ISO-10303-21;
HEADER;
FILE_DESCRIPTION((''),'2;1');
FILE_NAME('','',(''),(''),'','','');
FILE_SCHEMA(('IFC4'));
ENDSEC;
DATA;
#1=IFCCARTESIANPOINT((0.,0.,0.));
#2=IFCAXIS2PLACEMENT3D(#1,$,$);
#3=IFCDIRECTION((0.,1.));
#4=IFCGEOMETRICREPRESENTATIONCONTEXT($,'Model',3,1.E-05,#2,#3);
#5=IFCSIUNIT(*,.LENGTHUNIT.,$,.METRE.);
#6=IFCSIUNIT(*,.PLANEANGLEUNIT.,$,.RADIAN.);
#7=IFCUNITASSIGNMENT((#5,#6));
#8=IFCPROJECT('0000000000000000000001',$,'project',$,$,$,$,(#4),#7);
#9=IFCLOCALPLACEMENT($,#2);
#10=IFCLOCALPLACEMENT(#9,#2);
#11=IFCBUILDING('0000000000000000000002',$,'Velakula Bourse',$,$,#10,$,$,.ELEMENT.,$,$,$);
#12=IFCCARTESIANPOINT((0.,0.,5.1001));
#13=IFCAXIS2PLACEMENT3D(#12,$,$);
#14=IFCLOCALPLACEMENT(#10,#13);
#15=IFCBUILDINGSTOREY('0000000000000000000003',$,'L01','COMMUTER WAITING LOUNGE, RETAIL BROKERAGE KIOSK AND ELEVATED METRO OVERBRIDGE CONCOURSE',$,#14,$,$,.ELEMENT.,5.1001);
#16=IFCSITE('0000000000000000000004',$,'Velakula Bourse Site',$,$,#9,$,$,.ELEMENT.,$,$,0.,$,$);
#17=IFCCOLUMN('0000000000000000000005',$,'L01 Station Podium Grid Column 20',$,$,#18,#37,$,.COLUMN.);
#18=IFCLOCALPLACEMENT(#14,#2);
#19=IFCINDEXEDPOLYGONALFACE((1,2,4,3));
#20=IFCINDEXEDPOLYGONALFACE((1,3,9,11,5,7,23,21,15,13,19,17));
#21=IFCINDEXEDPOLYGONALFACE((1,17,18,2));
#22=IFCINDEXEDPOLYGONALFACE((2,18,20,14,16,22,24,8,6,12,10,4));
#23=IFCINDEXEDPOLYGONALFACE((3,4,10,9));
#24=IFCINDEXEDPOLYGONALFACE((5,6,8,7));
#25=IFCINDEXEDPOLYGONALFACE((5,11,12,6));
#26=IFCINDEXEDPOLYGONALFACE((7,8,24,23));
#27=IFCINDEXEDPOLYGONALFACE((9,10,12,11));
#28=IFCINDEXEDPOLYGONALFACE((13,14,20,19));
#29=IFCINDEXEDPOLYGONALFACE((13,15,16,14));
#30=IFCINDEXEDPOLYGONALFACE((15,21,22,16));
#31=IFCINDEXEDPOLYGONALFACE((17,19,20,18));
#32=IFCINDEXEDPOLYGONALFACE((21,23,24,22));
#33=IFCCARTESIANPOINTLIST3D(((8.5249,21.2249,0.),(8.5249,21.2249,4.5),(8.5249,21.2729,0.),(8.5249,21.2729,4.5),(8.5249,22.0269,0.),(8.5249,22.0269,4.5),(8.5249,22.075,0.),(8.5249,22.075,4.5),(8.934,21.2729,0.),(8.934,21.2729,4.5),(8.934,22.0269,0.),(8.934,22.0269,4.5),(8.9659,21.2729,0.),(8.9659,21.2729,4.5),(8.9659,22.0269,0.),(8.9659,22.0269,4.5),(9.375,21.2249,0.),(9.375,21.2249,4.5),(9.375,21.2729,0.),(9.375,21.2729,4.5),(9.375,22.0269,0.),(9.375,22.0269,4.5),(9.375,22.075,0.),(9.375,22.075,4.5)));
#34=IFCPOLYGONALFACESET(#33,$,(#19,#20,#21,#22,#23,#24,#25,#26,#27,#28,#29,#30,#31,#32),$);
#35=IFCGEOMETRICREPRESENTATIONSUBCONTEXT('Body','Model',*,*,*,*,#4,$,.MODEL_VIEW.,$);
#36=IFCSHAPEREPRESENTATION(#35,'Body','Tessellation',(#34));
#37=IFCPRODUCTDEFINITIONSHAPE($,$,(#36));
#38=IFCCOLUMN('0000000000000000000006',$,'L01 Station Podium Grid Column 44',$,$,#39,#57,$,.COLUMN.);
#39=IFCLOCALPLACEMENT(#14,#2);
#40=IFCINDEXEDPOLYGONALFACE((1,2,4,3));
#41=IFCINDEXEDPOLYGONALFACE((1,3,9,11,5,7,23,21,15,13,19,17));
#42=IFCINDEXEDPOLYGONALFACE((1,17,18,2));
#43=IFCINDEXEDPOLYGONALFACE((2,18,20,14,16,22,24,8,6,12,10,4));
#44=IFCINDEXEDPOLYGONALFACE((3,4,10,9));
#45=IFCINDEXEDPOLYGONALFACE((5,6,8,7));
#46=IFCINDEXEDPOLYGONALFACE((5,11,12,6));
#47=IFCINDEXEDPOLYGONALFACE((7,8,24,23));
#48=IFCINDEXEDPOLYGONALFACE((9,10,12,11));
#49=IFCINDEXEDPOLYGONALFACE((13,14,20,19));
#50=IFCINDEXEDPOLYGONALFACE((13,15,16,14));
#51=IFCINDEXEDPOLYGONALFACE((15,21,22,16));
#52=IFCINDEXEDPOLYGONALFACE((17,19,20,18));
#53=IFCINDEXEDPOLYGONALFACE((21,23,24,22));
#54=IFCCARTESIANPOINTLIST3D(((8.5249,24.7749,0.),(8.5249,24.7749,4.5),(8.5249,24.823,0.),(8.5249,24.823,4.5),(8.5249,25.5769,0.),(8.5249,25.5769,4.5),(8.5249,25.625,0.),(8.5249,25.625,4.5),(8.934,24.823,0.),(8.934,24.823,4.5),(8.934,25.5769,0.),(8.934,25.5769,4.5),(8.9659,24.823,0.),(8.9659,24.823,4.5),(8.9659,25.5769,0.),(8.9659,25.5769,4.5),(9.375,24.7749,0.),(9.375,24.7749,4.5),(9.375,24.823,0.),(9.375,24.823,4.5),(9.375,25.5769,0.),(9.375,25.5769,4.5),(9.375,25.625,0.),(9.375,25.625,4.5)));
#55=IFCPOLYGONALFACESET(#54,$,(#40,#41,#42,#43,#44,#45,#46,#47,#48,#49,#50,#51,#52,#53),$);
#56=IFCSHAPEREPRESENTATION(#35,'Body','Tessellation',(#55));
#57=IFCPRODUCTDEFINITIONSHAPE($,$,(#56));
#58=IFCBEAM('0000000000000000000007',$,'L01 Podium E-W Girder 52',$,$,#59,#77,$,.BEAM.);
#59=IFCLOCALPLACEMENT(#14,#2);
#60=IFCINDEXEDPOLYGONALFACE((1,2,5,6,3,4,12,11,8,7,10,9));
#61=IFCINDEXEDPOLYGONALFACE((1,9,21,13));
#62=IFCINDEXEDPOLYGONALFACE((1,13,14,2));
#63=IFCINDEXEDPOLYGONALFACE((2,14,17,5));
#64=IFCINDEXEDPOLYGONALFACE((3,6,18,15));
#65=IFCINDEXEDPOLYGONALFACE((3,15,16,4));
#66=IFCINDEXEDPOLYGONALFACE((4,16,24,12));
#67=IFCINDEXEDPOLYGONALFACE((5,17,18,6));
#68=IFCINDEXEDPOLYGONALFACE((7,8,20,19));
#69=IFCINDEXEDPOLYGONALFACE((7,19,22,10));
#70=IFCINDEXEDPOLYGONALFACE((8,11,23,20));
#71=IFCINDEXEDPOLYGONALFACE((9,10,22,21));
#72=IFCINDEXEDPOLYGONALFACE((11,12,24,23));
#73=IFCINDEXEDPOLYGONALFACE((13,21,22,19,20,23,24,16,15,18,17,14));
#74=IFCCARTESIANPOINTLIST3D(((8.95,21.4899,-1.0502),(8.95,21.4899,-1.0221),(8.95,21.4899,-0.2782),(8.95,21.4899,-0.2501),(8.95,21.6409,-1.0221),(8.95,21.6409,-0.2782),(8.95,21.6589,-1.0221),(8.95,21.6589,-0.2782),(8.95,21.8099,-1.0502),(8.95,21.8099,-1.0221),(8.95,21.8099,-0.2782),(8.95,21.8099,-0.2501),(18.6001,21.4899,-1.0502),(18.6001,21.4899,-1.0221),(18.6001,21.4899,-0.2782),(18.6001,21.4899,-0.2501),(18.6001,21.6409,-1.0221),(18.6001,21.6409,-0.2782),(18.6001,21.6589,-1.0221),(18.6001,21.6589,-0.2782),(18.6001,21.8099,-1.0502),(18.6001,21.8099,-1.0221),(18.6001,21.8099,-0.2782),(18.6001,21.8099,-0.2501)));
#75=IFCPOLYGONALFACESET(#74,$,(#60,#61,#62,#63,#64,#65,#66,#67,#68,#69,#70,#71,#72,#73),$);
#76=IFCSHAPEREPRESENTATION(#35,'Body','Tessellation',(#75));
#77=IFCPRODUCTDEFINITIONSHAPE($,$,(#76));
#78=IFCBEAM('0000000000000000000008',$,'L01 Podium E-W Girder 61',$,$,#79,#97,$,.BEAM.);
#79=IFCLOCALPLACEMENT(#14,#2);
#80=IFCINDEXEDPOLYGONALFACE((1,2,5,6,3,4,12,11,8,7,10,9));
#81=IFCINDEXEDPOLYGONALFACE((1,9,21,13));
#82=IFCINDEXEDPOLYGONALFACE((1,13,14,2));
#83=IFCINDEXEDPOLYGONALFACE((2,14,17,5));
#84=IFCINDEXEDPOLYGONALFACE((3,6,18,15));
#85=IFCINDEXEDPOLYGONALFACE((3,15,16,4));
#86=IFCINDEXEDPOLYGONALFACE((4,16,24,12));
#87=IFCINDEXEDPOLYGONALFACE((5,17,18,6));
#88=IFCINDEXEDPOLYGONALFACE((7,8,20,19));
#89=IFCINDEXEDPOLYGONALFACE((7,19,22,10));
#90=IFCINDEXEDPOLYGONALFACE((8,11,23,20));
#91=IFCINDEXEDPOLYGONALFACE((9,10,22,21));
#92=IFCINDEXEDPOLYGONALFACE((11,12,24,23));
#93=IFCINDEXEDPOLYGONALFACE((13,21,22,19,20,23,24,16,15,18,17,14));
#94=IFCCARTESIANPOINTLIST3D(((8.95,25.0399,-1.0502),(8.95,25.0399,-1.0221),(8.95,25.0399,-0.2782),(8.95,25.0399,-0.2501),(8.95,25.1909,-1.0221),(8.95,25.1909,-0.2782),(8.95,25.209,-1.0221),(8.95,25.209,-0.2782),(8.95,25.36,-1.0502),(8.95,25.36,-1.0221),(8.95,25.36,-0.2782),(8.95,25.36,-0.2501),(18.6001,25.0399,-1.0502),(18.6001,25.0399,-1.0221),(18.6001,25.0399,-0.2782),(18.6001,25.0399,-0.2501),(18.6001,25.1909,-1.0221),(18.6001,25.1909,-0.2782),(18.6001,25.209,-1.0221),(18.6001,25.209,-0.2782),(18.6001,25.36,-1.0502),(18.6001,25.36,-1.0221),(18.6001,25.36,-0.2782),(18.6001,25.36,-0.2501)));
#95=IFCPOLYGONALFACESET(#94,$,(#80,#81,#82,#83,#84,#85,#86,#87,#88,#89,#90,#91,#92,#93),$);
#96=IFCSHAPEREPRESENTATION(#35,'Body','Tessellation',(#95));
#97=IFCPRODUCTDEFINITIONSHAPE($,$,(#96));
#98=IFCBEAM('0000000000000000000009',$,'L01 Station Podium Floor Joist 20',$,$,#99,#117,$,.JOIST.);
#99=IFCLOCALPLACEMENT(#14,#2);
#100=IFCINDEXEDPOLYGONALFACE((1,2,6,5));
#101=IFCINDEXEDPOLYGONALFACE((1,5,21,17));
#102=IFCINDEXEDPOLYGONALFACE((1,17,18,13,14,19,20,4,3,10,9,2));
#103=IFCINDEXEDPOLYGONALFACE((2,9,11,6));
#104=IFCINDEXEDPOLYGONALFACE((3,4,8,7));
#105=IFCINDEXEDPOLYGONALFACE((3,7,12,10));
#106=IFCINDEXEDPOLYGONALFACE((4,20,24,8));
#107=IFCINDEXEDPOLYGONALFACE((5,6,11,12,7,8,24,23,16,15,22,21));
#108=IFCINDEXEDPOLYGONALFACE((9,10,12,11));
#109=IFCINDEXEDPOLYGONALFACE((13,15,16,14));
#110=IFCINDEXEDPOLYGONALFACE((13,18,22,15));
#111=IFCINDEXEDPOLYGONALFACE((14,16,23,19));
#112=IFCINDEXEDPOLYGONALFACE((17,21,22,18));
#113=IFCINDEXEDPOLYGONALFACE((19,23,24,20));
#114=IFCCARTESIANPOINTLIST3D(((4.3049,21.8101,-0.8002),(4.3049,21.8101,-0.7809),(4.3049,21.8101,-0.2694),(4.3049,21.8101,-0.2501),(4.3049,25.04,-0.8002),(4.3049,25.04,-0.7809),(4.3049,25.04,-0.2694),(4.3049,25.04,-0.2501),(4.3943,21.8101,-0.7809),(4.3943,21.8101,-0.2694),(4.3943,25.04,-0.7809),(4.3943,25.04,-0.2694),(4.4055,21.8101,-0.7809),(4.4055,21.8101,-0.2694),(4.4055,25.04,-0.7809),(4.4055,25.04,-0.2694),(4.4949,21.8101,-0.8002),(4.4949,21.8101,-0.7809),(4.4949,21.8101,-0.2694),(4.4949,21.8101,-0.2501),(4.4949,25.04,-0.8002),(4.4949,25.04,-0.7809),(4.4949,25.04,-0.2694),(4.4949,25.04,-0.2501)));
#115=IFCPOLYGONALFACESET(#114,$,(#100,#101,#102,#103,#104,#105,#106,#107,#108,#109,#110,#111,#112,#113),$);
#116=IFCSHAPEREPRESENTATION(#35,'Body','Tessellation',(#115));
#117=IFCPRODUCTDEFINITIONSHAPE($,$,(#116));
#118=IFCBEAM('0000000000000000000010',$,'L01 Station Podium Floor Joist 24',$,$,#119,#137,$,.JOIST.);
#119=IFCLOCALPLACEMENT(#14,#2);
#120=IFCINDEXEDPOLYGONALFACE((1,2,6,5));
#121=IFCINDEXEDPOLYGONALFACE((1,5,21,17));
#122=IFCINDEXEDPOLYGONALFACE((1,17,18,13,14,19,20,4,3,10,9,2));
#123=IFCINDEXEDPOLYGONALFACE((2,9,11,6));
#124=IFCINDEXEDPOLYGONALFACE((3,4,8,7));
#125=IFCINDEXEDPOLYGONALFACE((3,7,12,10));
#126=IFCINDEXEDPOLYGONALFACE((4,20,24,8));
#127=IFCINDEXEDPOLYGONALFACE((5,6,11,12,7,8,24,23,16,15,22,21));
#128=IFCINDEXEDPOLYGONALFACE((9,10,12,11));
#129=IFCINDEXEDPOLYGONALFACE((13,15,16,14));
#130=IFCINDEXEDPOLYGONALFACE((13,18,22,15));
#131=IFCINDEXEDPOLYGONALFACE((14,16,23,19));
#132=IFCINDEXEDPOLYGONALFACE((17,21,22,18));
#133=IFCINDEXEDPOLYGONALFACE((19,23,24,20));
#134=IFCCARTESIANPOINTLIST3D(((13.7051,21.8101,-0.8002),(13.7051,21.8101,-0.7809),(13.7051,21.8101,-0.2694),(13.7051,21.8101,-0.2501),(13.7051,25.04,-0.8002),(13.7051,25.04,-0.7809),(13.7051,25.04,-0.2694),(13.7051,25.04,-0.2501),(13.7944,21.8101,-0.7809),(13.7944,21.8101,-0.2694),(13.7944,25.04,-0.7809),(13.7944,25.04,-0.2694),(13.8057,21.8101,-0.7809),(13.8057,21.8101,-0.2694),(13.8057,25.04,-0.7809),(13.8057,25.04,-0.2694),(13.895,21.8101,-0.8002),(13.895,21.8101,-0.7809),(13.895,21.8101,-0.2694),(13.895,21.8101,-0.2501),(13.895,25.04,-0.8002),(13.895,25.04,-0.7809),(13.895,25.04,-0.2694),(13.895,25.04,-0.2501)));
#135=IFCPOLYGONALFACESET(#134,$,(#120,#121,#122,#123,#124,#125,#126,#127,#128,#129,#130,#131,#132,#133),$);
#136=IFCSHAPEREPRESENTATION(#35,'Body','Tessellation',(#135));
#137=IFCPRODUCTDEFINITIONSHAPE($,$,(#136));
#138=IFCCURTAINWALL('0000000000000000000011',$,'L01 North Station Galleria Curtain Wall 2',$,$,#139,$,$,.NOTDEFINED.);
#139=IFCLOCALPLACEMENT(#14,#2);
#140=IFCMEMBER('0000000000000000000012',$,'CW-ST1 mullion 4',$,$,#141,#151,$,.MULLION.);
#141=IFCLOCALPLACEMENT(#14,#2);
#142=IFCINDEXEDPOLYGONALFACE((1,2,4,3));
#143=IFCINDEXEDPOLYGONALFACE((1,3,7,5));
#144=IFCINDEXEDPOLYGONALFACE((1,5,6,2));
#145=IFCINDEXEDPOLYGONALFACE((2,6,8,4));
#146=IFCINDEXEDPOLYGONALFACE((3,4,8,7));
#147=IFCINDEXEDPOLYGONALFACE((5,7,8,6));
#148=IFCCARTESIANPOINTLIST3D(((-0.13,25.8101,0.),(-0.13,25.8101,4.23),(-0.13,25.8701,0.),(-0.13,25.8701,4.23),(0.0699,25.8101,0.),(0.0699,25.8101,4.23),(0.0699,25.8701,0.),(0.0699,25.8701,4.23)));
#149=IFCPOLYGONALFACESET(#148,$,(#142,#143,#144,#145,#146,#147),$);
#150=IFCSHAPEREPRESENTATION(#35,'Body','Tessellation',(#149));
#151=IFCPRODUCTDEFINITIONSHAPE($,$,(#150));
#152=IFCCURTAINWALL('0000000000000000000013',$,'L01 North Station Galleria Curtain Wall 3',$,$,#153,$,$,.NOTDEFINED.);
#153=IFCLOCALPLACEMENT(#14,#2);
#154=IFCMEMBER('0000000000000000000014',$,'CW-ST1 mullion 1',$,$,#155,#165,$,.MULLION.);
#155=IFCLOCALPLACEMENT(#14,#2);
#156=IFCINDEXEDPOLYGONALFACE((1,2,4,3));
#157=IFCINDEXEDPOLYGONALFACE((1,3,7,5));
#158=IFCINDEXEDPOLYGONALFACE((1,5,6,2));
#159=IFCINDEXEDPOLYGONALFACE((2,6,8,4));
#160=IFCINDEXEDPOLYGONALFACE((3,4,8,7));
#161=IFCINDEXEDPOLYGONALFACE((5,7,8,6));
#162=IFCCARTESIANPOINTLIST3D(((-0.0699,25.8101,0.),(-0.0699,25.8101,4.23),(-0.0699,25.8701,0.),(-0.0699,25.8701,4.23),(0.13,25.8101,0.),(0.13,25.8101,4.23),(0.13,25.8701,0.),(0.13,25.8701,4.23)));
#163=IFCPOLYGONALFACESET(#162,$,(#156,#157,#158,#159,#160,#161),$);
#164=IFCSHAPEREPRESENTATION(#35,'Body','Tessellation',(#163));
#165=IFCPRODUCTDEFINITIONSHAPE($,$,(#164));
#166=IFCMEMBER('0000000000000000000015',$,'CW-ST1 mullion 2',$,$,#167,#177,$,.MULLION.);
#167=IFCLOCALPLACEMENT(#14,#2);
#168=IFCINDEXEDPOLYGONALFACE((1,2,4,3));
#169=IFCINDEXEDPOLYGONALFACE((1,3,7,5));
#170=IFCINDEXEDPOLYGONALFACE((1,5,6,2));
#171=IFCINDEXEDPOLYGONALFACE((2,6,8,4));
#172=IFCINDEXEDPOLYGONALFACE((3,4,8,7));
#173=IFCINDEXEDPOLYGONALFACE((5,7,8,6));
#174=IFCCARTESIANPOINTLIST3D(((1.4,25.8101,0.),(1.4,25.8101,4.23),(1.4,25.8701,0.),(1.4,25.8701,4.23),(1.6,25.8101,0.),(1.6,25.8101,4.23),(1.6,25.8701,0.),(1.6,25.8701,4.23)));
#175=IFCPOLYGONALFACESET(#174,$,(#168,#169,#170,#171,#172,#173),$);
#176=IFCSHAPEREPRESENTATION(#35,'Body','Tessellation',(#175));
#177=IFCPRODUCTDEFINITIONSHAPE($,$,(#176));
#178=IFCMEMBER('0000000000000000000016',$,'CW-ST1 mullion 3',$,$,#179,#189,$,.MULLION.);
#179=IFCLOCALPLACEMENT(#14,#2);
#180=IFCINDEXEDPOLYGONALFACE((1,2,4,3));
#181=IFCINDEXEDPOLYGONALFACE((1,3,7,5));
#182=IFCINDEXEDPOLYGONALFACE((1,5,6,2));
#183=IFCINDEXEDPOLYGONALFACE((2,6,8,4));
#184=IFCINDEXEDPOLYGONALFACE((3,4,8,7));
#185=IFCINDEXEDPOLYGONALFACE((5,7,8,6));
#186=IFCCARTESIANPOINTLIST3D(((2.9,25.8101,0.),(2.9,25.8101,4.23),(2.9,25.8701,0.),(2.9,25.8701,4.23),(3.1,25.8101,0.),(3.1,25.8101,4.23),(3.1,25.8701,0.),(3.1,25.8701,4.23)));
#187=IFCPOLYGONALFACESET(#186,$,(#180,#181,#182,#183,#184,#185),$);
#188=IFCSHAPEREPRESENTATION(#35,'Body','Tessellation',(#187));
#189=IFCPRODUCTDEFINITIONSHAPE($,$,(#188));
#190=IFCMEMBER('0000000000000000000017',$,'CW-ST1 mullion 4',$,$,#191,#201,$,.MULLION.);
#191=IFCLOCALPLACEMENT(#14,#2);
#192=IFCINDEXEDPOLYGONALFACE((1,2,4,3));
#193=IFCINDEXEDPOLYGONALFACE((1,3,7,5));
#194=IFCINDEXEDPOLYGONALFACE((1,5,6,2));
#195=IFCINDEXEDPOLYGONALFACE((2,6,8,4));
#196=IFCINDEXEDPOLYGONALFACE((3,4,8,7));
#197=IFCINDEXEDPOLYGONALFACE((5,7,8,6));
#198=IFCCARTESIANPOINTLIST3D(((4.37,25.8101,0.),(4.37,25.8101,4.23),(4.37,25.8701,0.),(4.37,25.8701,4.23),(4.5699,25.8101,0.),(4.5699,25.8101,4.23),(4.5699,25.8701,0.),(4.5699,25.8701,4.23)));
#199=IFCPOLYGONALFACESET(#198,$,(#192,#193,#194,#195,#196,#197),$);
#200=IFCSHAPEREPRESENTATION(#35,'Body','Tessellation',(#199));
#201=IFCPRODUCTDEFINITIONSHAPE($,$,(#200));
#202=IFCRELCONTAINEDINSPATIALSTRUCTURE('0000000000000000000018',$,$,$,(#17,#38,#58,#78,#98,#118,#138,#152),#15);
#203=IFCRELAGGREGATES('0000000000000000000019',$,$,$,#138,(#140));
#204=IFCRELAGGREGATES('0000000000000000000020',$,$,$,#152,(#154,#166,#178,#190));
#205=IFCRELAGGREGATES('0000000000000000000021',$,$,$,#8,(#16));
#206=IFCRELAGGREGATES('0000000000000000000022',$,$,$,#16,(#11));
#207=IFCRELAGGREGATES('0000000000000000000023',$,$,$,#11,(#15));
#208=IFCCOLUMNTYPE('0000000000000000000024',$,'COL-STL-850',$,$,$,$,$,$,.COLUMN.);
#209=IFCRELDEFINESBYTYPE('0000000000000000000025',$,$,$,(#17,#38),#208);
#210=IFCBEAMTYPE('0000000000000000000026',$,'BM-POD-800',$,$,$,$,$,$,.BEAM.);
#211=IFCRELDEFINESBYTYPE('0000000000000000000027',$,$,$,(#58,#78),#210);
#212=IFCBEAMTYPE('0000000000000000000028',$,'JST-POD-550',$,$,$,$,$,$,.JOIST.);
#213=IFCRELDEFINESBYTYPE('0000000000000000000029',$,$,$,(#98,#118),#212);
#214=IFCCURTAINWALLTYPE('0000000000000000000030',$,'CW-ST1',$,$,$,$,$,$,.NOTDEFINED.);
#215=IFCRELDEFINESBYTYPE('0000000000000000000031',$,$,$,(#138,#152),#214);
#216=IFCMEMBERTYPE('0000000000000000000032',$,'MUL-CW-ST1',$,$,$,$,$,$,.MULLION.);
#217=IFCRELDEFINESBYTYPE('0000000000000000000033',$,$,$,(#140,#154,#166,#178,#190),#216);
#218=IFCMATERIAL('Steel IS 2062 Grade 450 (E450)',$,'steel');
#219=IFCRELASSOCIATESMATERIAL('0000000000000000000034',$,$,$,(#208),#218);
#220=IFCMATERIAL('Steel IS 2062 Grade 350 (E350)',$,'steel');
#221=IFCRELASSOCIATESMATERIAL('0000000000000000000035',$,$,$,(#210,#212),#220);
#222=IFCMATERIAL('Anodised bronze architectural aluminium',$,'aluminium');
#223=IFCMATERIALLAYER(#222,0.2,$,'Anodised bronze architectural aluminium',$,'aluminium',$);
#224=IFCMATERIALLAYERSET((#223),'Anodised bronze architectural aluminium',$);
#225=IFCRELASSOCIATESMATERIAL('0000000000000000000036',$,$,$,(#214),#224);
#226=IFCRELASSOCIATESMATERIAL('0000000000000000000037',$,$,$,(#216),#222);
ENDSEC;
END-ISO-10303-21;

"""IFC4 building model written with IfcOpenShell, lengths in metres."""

from ifc_helpers import new_model, si_unit, direction, frame, origin, origin_2d, place, context, subcontext, project, spatial, rectangle, i_section, extrude, material, layer, layer_set, material_profile, profile_set, type_object, element, aggregate, save


model = new_model("IFC4")

# Units and contexts
model_context = context("Model", 3, precision=1e-05, world=origin(), true_north=direction((0.0, 1.0)))
body_context = subcontext(model_context, "Body", "Model", "MODEL_VIEW")
ifc_project = project(units=[si_unit("LENGTHUNIT", "METRE"), si_unit("PLANEANGLEUNIT", "RADIAN")], contexts=[model_context])

# Site, building, storey
site_placement = place(None, origin())
site = spatial("IfcSite", under=ifc_project, at=site_placement, Name="Velakula Bourse Site", CompositionType="ELEMENT", RefElevation=0.0)
building_placement = place(site_placement, origin())
building = spatial("IfcBuilding", under=site, at=building_placement, Name="Velakula Bourse", CompositionType="ELEMENT")
storey_placement = place(building_placement, frame((0.0, 0.0, 5.1001)))
storey = spatial("IfcBuildingStorey", under=building, at=storey_placement, Name="L01", Description="COMMUTER WAITING LOUNGE, RETAIL BROKERAGE KIOSK AND ELEVATED METRO OVERBRIDGE CONCOURSE", CompositionType="ELEMENT", Elevation=5.1001)

# Columns
ifc_material_1 = material(Name="Steel IS 2062 Grade 450 (E450)", Category="steel")
ifc_material_profile_1 = material_profile(ifc_material_1, i_section(OverallWidth=0.8501, OverallDepth=0.8501, WebThickness=0.032, FlangeThickness=0.0481, at=origin_2d()), Name="Steel IS 2062 Grade 450 (E450)")
ifc_profile_set_1 = profile_set([ifc_material_profile_1], Name="Steel IS 2062 Grade 450 (E450)")
column_type = type_object("IfcColumnType", Name="COL-STL-850", PredefinedType="COLUMN", material=ifc_profile_set_1)
for number, where, z_axis, x_axis, name in (
    (1, (8.95, 21.6499, 0.0), (0.0, 0.0, 1.0), (1.0, 0.0, 0.0), "L01 Station Podium Grid Column 20"),
    (2, (8.95, 25.2, 0.0), (0.0, 0.0, 1.0), (1.0, 0.0, 0.0), "L01 Station Podium Grid Column 44"),
):
    element("IfcColumn", number, at=place(storey_placement, frame(where, z_axis=z_axis, x_axis=x_axis)), inside=storey, type_object=column_type, Name=name, PredefinedType="COLUMN", context=body_context, shape_type="SweptSolid", body=[
        extrude(i_section(OverallWidth=0.8501, OverallDepth=0.8501, WebThickness=0.032, FlangeThickness=0.0481, at=origin_2d()), origin(), (0.0, 0.0, 1.0), 4.5),
    ])

# Beams
ifc_material_2 = material(Name="Steel IS 2062 Grade 350 (E350)", Category="steel")
ifc_material_profile_2 = material_profile(ifc_material_2, i_section(OverallWidth=0.3201, OverallDepth=0.8, WebThickness=0.0181, FlangeThickness=0.0281, at=origin_2d()), Name="Steel IS 2062 Grade 350 (E350)")
ifc_profile_set_2 = profile_set([ifc_material_profile_2], Name="Steel IS 2062 Grade 350 (E350)")
beam_type_1 = type_object("IfcBeamType", Name="BM-POD-800", PredefinedType="BEAM", material=ifc_profile_set_2)
for number, where, z_axis, x_axis, name in (
    (3, (8.95, 21.6499, -0.6501), (1.0, 0.0, 0.0), (0.0, 1.0, 0.0), "L01 Podium E-W Girder 52"),
    (4, (8.95, 25.2, -0.6501), (1.0, 0.0, 0.0), (0.0, 1.0, 0.0), "L01 Podium E-W Girder 61"),
):
    element("IfcBeam", number, at=place(storey_placement, frame(where, z_axis=z_axis, x_axis=x_axis)), inside=storey, type_object=beam_type_1, Name=name, PredefinedType="BEAM", context=body_context, shape_type="SweptSolid", body=[
        extrude(i_section(OverallWidth=0.3201, OverallDepth=0.8, WebThickness=0.0181, FlangeThickness=0.0281, at=origin_2d()), origin(), (0.0, 0.0, 1.0), 9.6501),
    ])
ifc_material_profile_3 = material_profile(ifc_material_2, i_section(OverallWidth=0.1899, OverallDepth=0.55, WebThickness=0.0112, FlangeThickness=0.0193, at=origin_2d()), Name="Steel IS 2062 Grade 350 (E350)")
ifc_profile_set_3 = profile_set([ifc_material_profile_3], Name="Steel IS 2062 Grade 350 (E350)")
beam_type_2 = type_object("IfcBeamType", Name="JST-POD-550", PredefinedType="JOIST", material=ifc_profile_set_3)
for number, where, z_axis, x_axis, name in (
    (5, (4.3999, 21.8101, -0.5251), (0.0, 1.0, 0.0), (-1.0, 0.0, 0.0), "L01 Station Podium Floor Joist 20"),
    (6, (13.8, 21.8101, -0.5251), (0.0, 1.0, 0.0), (-1.0, 0.0, 0.0), "L01 Station Podium Floor Joist 24"),
):
    element("IfcBeam", number, at=place(storey_placement, frame(where, z_axis=z_axis, x_axis=x_axis)), inside=storey, type_object=beam_type_2, Name=name, PredefinedType="JOIST", context=body_context, shape_type="SweptSolid", body=[
        extrude(i_section(OverallWidth=0.1899, OverallDepth=0.55, WebThickness=0.0112, FlangeThickness=0.0193, at=origin_2d()), origin(), (0.0, 0.0, 1.0), 3.23),
    ])

# Curtain wall, member
ifc_material_3 = material(Name="Anodised bronze architectural aluminium", Category="aluminium")
ifc_layer_1 = layer(ifc_material_3, 0.2, Name="Anodised bronze architectural aluminium", Category="aluminium")
ifc_layer_set_1 = layer_set([ifc_layer_1], Name="Anodised bronze architectural aluminium")
curtain_wall_type = type_object("IfcCurtainWallType", Name="CW-ST1", PredefinedType="NOTDEFINED", material=ifc_layer_set_1)
curtain_wall_1_placement = place(storey_placement, origin())
curtain_wall_1 = element("IfcCurtainWall", 7, at=curtain_wall_1_placement, inside=storey, type_object=curtain_wall_type, Name="L01 North Station Galleria Curtain Wall 2", PredefinedType="NOTDEFINED")
ifc_material_profile_4 = material_profile(ifc_material_3, rectangle(XDim=0.0601, YDim=0.2, at=origin_2d()), Name="Anodised bronze architectural aluminium")
ifc_profile_set_4 = profile_set([ifc_material_profile_4], Name="Anodised bronze architectural aluminium")
member_type_1 = type_object("IfcMemberType", Name="MUL-CW-ST1", PredefinedType="MULLION", material=ifc_profile_set_4)
member_1_placement = place(storey_placement, frame((-0.03, 25.8401, 0.0), z_axis=(0.0, 0.0, 1.0), x_axis=(0.0, 1.0, 0.0)))
member_1 = element("IfcMember", 8, at=member_1_placement, type_object=member_type_1, Name="CW-ST1 mullion 4", PredefinedType="MULLION", context=body_context, shape_type="SweptSolid", body=[
    extrude(rectangle(XDim=0.0601, YDim=0.2, at=origin_2d()), origin(), (0.0, 0.0, 1.0), 4.23),
])
aggregate(curtain_wall_1, [member_1])

# Curtain wall, members
curtain_wall_2_placement = place(storey_placement, origin())
curtain_wall_2 = element("IfcCurtainWall", 9, at=curtain_wall_2_placement, inside=storey, type_object=curtain_wall_type, Name="L01 North Station Galleria Curtain Wall 3", PredefinedType="NOTDEFINED")
member_2_placement = place(storey_placement, frame((0.03, 25.8401, 0.0), z_axis=(0.0, 0.0, 1.0), x_axis=(0.0, 1.0, 0.0)))
member_2 = element("IfcMember", 10, at=member_2_placement, type_object=member_type_1, Name="CW-ST1 mullion 1", PredefinedType="MULLION", context=body_context, shape_type="SweptSolid", body=[
    extrude(rectangle(XDim=0.0601, YDim=0.2, at=origin_2d()), origin(), (0.0, 0.0, 1.0), 4.23),
])
member_3_placement = place(storey_placement, frame((1.5, 25.8401, 0.0), z_axis=(0.0, 0.0, 1.0), x_axis=(0.0, 1.0, 0.0)))
member_3 = element("IfcMember", 11, at=member_3_placement, type_object=member_type_1, Name="CW-ST1 mullion 2", PredefinedType="MULLION", context=body_context, shape_type="SweptSolid", body=[
    extrude(rectangle(XDim=0.0601, YDim=0.2, at=origin_2d()), origin(), (0.0, 0.0, 1.0), 4.23),
])
member_4_placement = place(storey_placement, frame((3.0, 25.8401, 0.0), z_axis=(0.0, 0.0, 1.0), x_axis=(0.0, 1.0, 0.0)))
member_4 = element("IfcMember", 12, at=member_4_placement, type_object=member_type_1, Name="CW-ST1 mullion 3", PredefinedType="MULLION", context=body_context, shape_type="SweptSolid", body=[
    extrude(rectangle(XDim=0.0601, YDim=0.2, at=origin_2d()), origin(), (0.0, 0.0, 1.0), 4.23),
])
member_5_placement = place(storey_placement, frame((4.47, 25.8401, 0.0), z_axis=(0.0, 0.0, 1.0), x_axis=(0.0, 1.0, 0.0)))
member_5 = element("IfcMember", 13, at=member_5_placement, type_object=member_type_1, Name="CW-ST1 mullion 4", PredefinedType="MULLION", context=body_context, shape_type="SweptSolid", body=[
    extrude(rectangle(XDim=0.0601, YDim=0.2, at=origin_2d()), origin(), (0.0, 0.0, 1.0), 4.23),
])
aggregate(curtain_wall_2, [member_2, member_3, member_4, member_5])

save(model, "model.ifc")
